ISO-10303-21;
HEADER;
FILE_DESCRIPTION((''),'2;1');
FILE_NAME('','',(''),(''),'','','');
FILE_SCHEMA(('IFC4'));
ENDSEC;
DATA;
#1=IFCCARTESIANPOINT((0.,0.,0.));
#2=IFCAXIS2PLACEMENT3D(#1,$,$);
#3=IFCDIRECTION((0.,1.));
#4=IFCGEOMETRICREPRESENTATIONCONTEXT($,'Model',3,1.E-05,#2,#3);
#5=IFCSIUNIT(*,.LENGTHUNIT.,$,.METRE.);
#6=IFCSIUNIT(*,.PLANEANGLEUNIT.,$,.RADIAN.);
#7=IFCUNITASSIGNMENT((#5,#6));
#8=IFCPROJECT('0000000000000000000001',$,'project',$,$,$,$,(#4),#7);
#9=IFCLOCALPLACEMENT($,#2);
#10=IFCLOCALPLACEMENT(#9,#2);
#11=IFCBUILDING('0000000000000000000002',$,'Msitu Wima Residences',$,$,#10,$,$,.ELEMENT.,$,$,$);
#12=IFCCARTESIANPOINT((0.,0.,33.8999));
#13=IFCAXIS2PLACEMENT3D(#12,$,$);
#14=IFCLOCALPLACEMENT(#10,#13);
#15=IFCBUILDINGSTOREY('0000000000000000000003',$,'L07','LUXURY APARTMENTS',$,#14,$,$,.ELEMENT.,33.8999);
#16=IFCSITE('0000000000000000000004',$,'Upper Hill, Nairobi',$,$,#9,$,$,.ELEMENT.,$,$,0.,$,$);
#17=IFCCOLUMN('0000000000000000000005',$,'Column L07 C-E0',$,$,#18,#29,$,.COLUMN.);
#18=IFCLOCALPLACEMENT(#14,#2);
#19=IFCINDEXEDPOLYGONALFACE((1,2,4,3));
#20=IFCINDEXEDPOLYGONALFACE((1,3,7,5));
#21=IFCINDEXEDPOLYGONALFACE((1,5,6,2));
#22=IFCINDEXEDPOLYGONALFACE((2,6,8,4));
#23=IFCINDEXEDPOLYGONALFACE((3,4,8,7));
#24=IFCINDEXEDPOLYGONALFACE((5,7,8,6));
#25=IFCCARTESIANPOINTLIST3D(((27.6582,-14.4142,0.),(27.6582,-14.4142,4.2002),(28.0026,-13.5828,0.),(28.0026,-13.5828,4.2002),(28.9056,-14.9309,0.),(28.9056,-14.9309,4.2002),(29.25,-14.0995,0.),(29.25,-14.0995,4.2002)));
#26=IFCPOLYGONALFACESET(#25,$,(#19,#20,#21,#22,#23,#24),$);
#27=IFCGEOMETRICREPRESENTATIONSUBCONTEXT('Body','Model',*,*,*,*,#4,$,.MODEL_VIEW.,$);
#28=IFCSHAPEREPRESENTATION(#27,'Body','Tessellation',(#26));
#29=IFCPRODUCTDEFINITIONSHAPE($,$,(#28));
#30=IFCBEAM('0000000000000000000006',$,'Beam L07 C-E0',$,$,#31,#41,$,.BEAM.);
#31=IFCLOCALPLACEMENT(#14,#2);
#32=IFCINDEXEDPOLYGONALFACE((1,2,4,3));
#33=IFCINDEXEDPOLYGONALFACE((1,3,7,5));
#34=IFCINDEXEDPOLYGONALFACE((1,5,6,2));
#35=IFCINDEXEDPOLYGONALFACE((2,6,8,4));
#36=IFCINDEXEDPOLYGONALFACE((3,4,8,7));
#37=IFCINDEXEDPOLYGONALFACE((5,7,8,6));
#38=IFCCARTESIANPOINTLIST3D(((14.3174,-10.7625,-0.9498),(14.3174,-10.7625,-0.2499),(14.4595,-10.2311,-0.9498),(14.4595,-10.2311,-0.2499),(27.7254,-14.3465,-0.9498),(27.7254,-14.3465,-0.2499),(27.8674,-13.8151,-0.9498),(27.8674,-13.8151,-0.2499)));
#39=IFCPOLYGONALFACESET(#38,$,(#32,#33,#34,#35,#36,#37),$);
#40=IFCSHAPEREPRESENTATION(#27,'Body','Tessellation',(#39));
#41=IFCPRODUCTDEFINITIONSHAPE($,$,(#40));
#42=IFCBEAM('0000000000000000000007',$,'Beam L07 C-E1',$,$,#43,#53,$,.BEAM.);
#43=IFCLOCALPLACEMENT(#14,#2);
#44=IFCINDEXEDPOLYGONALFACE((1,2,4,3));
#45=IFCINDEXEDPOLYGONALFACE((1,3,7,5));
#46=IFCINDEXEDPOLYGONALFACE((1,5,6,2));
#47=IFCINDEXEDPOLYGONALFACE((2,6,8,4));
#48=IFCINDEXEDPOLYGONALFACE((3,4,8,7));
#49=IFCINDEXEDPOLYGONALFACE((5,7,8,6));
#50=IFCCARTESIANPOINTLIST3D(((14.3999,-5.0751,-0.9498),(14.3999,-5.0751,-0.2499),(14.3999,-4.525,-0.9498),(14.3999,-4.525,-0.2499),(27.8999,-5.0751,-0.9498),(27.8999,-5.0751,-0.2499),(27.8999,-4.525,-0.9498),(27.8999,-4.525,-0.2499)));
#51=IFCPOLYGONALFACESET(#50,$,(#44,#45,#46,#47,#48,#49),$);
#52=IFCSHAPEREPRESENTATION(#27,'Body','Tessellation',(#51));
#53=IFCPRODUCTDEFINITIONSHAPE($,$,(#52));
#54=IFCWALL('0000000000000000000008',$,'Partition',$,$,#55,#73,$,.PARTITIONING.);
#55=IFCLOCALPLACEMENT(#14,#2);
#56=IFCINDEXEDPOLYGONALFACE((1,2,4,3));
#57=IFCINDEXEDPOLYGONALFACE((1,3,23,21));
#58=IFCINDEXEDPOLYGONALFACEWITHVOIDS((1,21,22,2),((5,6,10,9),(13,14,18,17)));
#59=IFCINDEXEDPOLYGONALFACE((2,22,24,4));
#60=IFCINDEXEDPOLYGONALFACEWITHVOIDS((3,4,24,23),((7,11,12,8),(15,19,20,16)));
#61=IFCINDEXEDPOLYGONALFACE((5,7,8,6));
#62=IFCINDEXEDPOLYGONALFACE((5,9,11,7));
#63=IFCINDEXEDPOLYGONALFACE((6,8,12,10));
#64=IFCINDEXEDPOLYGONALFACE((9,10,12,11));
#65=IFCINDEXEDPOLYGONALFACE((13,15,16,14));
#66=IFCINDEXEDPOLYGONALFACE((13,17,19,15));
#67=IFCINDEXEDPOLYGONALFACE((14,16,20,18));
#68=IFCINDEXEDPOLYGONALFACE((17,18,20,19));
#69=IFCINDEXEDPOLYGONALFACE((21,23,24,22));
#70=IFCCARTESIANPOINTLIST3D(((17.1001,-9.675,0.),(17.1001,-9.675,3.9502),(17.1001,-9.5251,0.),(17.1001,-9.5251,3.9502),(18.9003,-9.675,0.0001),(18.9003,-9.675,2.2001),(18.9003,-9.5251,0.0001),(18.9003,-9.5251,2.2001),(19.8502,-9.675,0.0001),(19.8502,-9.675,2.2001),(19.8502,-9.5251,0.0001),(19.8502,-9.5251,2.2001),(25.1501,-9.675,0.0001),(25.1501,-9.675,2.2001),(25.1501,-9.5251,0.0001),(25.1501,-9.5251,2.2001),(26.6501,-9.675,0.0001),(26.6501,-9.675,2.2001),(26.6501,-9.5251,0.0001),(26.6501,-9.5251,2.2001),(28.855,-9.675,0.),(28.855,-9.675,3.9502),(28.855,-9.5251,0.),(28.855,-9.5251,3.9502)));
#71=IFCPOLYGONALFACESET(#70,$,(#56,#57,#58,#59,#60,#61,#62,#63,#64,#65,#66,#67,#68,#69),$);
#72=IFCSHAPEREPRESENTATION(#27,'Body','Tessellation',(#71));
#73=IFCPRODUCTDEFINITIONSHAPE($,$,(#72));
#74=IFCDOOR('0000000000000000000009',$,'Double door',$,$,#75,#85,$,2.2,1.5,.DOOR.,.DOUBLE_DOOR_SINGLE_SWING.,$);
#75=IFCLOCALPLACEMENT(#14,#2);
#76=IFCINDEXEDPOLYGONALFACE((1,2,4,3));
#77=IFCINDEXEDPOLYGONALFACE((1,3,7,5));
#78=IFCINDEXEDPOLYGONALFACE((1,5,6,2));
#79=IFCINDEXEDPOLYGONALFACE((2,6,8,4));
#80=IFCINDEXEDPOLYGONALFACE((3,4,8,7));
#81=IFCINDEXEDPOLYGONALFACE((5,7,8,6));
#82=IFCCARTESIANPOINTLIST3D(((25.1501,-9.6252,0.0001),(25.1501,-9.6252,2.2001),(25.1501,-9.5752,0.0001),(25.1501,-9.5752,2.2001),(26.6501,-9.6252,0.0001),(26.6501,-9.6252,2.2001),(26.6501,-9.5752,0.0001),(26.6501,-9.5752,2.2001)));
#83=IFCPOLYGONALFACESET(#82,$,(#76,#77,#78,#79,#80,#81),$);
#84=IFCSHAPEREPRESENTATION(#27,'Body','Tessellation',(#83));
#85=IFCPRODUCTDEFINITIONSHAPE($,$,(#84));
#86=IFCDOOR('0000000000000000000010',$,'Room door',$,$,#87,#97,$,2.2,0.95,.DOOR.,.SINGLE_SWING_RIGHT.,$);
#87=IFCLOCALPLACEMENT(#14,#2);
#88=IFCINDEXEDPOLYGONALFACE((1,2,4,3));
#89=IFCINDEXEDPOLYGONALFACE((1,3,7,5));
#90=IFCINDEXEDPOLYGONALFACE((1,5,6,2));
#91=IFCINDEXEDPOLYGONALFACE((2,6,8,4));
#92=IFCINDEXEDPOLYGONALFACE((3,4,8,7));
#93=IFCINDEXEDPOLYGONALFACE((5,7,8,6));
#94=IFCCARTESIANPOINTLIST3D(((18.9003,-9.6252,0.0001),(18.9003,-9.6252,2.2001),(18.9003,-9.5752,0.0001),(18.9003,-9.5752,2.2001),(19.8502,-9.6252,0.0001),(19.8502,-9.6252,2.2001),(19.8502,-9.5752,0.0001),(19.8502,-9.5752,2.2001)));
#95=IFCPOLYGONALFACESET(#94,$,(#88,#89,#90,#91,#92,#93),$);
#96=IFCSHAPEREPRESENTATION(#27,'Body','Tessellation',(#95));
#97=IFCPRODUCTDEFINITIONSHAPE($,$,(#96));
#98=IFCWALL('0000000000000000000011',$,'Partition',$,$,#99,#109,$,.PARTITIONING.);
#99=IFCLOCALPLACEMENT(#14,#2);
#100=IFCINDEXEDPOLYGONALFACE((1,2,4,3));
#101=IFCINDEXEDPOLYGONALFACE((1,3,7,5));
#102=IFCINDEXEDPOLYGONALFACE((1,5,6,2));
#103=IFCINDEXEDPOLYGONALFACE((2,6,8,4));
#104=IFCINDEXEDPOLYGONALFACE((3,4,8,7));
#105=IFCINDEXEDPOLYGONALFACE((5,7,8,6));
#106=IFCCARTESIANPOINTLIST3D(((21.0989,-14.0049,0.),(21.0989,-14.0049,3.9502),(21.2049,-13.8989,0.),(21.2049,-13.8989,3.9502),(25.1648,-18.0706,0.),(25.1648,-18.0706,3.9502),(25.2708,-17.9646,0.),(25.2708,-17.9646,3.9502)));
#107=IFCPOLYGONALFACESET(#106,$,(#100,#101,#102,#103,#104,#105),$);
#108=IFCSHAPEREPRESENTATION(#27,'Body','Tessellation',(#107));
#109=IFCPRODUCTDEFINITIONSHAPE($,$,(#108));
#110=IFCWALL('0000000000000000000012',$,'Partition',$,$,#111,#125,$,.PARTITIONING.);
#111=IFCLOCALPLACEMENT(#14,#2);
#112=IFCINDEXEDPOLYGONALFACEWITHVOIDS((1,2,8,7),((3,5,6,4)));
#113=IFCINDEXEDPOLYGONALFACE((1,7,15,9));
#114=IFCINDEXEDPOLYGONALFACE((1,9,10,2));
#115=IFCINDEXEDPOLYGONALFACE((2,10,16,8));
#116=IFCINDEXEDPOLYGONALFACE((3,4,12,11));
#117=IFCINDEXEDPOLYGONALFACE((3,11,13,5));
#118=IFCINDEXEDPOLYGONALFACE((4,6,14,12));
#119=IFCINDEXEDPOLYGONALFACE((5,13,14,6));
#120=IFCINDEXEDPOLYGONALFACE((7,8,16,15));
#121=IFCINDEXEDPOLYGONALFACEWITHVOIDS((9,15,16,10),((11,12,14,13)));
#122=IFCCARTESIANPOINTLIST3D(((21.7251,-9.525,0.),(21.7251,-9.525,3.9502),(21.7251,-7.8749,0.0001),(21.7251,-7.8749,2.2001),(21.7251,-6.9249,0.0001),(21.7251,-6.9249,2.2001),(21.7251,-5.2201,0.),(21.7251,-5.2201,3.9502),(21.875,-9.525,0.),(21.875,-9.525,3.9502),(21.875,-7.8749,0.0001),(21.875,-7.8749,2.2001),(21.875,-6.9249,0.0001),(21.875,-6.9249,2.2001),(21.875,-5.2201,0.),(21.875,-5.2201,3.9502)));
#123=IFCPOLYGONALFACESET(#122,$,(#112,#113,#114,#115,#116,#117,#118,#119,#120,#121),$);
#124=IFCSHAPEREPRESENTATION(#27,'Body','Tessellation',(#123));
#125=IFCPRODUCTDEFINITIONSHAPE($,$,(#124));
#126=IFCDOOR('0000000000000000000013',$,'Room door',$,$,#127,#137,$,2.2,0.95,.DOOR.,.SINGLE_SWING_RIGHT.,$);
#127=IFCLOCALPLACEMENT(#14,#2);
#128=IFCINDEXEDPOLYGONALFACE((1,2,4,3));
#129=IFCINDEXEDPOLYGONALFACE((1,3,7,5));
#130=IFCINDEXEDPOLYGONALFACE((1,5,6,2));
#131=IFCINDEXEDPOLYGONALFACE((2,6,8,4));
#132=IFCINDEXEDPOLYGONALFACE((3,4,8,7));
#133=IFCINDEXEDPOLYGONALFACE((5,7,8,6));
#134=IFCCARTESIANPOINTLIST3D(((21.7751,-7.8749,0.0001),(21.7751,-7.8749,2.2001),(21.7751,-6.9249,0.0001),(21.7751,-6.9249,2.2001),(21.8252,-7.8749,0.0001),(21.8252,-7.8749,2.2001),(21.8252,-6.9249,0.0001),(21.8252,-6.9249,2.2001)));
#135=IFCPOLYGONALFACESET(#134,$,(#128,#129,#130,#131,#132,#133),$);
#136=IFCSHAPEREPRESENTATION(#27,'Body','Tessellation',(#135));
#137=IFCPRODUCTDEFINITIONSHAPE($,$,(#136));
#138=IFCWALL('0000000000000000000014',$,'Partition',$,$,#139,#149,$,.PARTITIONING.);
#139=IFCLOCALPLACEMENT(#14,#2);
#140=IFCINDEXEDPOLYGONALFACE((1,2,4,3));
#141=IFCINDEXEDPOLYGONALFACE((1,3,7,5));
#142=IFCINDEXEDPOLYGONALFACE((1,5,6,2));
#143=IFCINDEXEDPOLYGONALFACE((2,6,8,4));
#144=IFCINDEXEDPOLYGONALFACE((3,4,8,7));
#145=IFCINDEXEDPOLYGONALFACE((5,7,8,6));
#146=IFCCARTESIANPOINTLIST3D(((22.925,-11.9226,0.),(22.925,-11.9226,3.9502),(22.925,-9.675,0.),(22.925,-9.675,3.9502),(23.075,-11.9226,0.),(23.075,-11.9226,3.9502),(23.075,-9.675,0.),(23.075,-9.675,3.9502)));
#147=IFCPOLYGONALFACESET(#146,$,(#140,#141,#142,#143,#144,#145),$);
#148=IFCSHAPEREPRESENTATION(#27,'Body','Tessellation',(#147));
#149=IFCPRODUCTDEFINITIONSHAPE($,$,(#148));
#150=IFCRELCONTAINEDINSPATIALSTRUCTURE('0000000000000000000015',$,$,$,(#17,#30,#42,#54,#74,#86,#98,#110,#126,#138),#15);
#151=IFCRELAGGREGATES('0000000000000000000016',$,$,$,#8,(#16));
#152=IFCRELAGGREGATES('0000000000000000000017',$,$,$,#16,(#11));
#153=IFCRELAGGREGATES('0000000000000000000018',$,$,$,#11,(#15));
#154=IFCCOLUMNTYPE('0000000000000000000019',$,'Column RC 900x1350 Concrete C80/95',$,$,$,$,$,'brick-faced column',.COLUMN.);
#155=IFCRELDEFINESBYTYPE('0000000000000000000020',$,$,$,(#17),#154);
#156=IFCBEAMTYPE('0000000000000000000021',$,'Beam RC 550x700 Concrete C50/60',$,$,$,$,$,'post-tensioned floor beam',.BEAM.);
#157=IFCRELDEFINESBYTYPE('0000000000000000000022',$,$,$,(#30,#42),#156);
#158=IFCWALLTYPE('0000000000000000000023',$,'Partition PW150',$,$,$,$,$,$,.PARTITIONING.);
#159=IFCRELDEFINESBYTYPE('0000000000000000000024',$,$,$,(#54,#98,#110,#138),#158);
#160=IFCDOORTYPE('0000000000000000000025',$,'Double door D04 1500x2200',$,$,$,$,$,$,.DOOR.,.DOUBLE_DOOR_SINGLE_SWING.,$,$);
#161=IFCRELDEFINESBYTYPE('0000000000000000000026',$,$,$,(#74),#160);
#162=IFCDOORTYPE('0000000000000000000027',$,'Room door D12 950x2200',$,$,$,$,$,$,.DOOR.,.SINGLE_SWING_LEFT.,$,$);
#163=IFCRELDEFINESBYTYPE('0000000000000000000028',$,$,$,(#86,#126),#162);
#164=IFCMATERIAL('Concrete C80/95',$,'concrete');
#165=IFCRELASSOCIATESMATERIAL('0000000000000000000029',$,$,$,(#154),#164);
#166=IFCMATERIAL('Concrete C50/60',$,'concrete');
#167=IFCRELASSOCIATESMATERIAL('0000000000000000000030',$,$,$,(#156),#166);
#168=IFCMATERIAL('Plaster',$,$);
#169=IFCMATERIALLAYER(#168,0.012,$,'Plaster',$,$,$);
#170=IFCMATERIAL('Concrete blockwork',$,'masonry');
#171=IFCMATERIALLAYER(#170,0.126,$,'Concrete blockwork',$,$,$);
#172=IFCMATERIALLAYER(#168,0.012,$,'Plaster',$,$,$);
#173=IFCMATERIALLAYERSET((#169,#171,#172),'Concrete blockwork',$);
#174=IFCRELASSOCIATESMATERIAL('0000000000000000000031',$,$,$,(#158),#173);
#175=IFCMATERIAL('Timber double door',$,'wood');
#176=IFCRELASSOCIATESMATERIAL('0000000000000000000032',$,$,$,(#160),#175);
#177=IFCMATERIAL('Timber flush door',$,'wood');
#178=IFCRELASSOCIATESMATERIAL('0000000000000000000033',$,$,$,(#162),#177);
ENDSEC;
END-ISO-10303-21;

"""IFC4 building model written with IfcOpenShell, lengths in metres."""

from ifc_helpers import new_model, si_unit, direction, frame, frame_2d, origin, origin_2d, place, context, subcontext, project, spatial, rectangle, extrude, material, layer, layer_set, material_profile, profile_set, type_object, element, fill, save


model = new_model("IFC4")

# Units and contexts
model_context = context("Model", 3, precision=1e-05, world=origin(), true_north=direction((0.0, 1.0)))
body_context = subcontext(model_context, "Body", "Model", "MODEL_VIEW")
ifc_project = project(units=[si_unit("LENGTHUNIT", "METRE"), si_unit("PLANEANGLEUNIT", "RADIAN")], contexts=[model_context])

# Site, building, storey
site_placement = place(None, origin())
site = spatial("IfcSite", under=ifc_project, at=site_placement, Name="Upper Hill, Nairobi", CompositionType="ELEMENT", RefElevation=0.0)
building_placement = place(site_placement, origin())
building = spatial("IfcBuilding", under=site, at=building_placement, Name="Msitu Wima Residences", CompositionType="ELEMENT")
storey_placement = place(building_placement, frame((0.0, 0.0, 33.8999)))
storey = spatial("IfcBuildingStorey", under=building, at=storey_placement, Name="L07", Description="LUXURY APARTMENTS", CompositionType="ELEMENT", Elevation=33.8999)

# Column
ifc_material_1 = material(Name="Concrete C80/95", Category="concrete")
ifc_material_profile_1 = material_profile(ifc_material_1, rectangle(XDim=0.8999, YDim=1.3501, at=origin_2d()), Name="RC 900x1350")
ifc_profile_set_1 = profile_set([ifc_material_profile_1], Name="Concrete C80/95")
column_type = type_object("IfcColumnType", Name="Column RC 900x1350 Concrete C80/95", ElementType="brick-faced column", PredefinedType="COLUMN", material=ifc_profile_set_1)
column_placement = place(storey_placement, frame((28.4541, -14.2568, 0.0), z_axis=(0.0, 0.0, 1.0), x_axis=(0.382683, 0.92388, 0.0)))
element("IfcColumn", 1, at=column_placement, inside=storey, type_object=column_type, Name="Column L07 C-E0", PredefinedType="COLUMN", context=body_context, shape_type="SweptSolid", body=[
    extrude(rectangle(XDim=0.8999, YDim=1.3501, at=origin_2d()), origin(), (0.0, 0.0, 1.0), 4.2002),
])

# Beams
ifc_material_2 = material(Name="Concrete C50/60", Category="concrete")
ifc_material_profile_2 = material_profile(ifc_material_2, rectangle(XDim=0.55, YDim=0.7, at=origin_2d()), Name="RC 550x700")
ifc_profile_set_2 = profile_set([ifc_material_profile_2], Name="Concrete C50/60")
beam_type = type_object("IfcBeamType", Name="Beam RC 550x700 Concrete C50/60", ElementType="post-tensioned floor beam", PredefinedType="BEAM", material=ifc_profile_set_2)
beam_1_placement = place(storey_placement, frame((27.7964, -14.0808, -0.5999), z_axis=(-0.966082, 0.258236, 0.0), x_axis=(-0.258236, -0.966082, 0.0)))
element("IfcBeam", 2, at=beam_1_placement, inside=storey, type_object=beam_type, Name="Beam L07 C-E0", PredefinedType="BEAM", context=body_context, shape_type="SweptSolid", body=[
    extrude(rectangle(XDim=0.55, YDim=0.7, at=origin_2d()), origin(), (0.0, 0.0, 1.0), 13.8787),
])
beam_2_placement = place(storey_placement, frame((27.8999, -4.8, -0.5999), z_axis=(-1.0, 0.0, 0.0), x_axis=(0.0, -1.0, 0.0)))
element("IfcBeam", 3, at=beam_2_placement, inside=storey, type_object=beam_type, Name="Beam L07 C-E1", PredefinedType="BEAM", context=body_context, shape_type="SweptSolid", body=[
    extrude(rectangle(XDim=0.55, YDim=0.7, at=origin_2d()), origin(), (0.0, 0.0, 1.0), 13.5),
])

# Wall, openings, doors
ifc_material_3 = material(Name="Plaster")
ifc_layer_1 = layer(ifc_material_3, 0.012, Name="Plaster")
ifc_material_4 = material(Name="Concrete blockwork", Category="masonry")
ifc_layer_2 = layer(ifc_material_4, 0.126, Name="Concrete blockwork")
ifc_layer_3 = layer(ifc_material_3, 0.012, Name="Plaster")
ifc_layer_set_1 = layer_set([ifc_layer_1, ifc_layer_2, ifc_layer_3], Name="Concrete blockwork")
wall_type_1 = type_object("IfcWallType", Name="Partition PW150", PredefinedType="PARTITIONING", material=ifc_layer_set_1)
wall_1_placement = place(storey_placement, frame((17.1001, -9.6001, 0.0), z_axis=(0.0, 0.0, 1.0), x_axis=(1.0, 0.0, 0.0)))
wall_1 = element("IfcWall", 4, at=wall_1_placement, inside=storey, type_object=wall_type_1, Name="Partition", PredefinedType="PARTITIONING", context=body_context, shape_type="SweptSolid", body=[
    extrude(rectangle(XDim=11.7549, YDim=0.1499, at=frame_2d((5.8774, 0.0))), origin(), (0.0, 0.0, 1.0), 3.9502),
])
opening_1_placement = place(wall_1_placement, frame((1.8, 0.0, 0.0)))
opening_1 = element("IfcOpeningElement", 5, at=opening_1_placement, cuts=wall_1, PredefinedType="OPENING", context=body_context, shape_type="SweptSolid", body=[
    extrude(rectangle(XDim=0.95, YDim=2.2, at=frame_2d((0.4751, 1.1001))), frame((0.0, 0.085, 0.0), z_axis=(0.0, -1.0, 0.0), x_axis=(1.0, 0.0, 0.0)), (0.0, 0.0, 1.0), 0.1699),
])
opening_2_placement = place(wall_1_placement, frame((8.05, 0.0, 0.0)))
opening_2 = element("IfcOpeningElement", 6, at=opening_2_placement, cuts=wall_1, PredefinedType="OPENING", context=body_context, shape_type="SweptSolid", body=[
    extrude(rectangle(XDim=1.5, YDim=2.2, at=frame_2d((0.75, 1.1001))), frame((0.0, 0.085, 0.0), z_axis=(0.0, -1.0, 0.0), x_axis=(1.0, 0.0, 0.0)), (0.0, 0.0, 1.0), 0.1699),
])
ifc_material_5 = material(Name="Timber double door", Category="wood")
door_type_1 = type_object("IfcDoorType", Name="Double door D04 1500x2200", OperationType="DOUBLE_DOOR_SINGLE_SWING", PredefinedType="DOOR", material=ifc_material_5)
door_1_placement = place(opening_2_placement, origin())
door_1 = element("IfcDoor", 7, at=door_1_placement, inside=storey, type_object=door_type_1, Name="Double door", OperationType="DOUBLE_DOOR_SINGLE_SWING", OverallHeight=2.2, OverallWidth=1.5, PredefinedType="DOOR", context=body_context, shape_type="SweptSolid", body=[
    extrude(rectangle(XDim=1.5, YDim=2.2, at=frame_2d((0.75, 1.1001))), frame((0.0, 0.0249, 0.0), z_axis=(0.0, -1.0, 0.0), x_axis=(1.0, 0.0, 0.0)), (0.0, 0.0, 1.0), 0.05),
])
fill(opening_2, door_1)
ifc_material_6 = material(Name="Timber flush door", Category="wood")
door_type_2 = type_object("IfcDoorType", Name="Room door D12 950x2200", OperationType="SINGLE_SWING_LEFT", PredefinedType="DOOR", material=ifc_material_6)
door_2_placement = place(opening_1_placement, origin())
door_2 = element("IfcDoor", 8, at=door_2_placement, inside=storey, type_object=door_type_2, Name="Room door", OperationType="SINGLE_SWING_RIGHT", OverallHeight=2.2, OverallWidth=0.95, PredefinedType="DOOR", context=body_context, shape_type="SweptSolid", body=[
    extrude(rectangle(XDim=0.95, YDim=2.2, at=frame_2d((0.4751, 1.1001))), frame((0.0, 0.0249, 0.0), z_axis=(0.0, -1.0, 0.0), x_axis=(1.0, 0.0, 0.0)), (0.0, 0.0, 1.0), 0.05),
])
fill(opening_1, door_2)

# Wall
wall_2_placement = place(storey_placement, frame((21.1519, -13.9519, 0.0), z_axis=(0.0, 0.0, 1.0), x_axis=(0.707128, -0.707086, 0.0)))
element("IfcWall", 9, at=wall_2_placement, inside=storey, type_object=wall_type_1, Name="Partition", PredefinedType="PARTITIONING", context=body_context, shape_type="SweptSolid", body=[
    extrude(rectangle(XDim=5.75, YDim=0.1499, at=frame_2d((2.875, 0.0))), origin(), (0.0, 0.0, 1.0), 3.9502),
])

# Wall, opening, door
wall_3_placement = place(storey_placement, frame((21.8, -9.5249, 0.0), z_axis=(0.0, 0.0, 1.0), x_axis=(0.0, 1.0, 0.0)))
wall_3 = element("IfcWall", 10, at=wall_3_placement, inside=storey, type_object=wall_type_1, Name="Partition", PredefinedType="PARTITIONING", context=body_context, shape_type="SweptSolid", body=[
    extrude(rectangle(XDim=4.3049, YDim=0.1499, at=frame_2d((2.1523, 0.0))), origin(), (0.0, 0.0, 1.0), 3.9502),
])
opening_3_placement = place(wall_3_placement, frame((1.6499, 0.0, 0.0)))
opening_3 = element("IfcOpeningElement", 11, at=opening_3_placement, cuts=wall_3, PredefinedType="OPENING", context=body_context, shape_type="SweptSolid", body=[
    extrude(rectangle(XDim=0.95, YDim=2.2, at=frame_2d((0.4751, 1.1001))), frame((0.0, 0.085, 0.0), z_axis=(0.0, -1.0, 0.0), x_axis=(1.0, 0.0, 0.0)), (0.0, 0.0, 1.0), 0.1699),
])
door_3_placement = place(opening_3_placement, origin())
door_3 = element("IfcDoor", 12, at=door_3_placement, inside=storey, type_object=door_type_2, Name="Room door", OperationType="SINGLE_SWING_RIGHT", OverallHeight=2.2, OverallWidth=0.95, PredefinedType="DOOR", context=body_context, shape_type="SweptSolid", body=[
    extrude(rectangle(XDim=0.95, YDim=2.2, at=frame_2d((0.4751, 1.1001))), frame((0.0, 0.0249, 0.0), z_axis=(0.0, -1.0, 0.0), x_axis=(1.0, 0.0, 0.0)), (0.0, 0.0, 1.0), 0.05),
])
fill(opening_3, door_3)

# Wall
wall_4_placement = place(storey_placement, frame((23.0, -11.9226, 0.0), z_axis=(0.0, 0.0, 1.0), x_axis=(0.0, 1.0, 0.0)))
element("IfcWall", 13, at=wall_4_placement, inside=storey, type_object=wall_type_1, Name="Partition", PredefinedType="PARTITIONING", context=body_context, shape_type="SweptSolid", body=[
    extrude(rectangle(XDim=2.2476, YDim=0.1499, at=frame_2d((1.1238, 0.0))), origin(), (0.0, 0.0, 1.0), 3.9502),
])

save(model, "model.ifc")
